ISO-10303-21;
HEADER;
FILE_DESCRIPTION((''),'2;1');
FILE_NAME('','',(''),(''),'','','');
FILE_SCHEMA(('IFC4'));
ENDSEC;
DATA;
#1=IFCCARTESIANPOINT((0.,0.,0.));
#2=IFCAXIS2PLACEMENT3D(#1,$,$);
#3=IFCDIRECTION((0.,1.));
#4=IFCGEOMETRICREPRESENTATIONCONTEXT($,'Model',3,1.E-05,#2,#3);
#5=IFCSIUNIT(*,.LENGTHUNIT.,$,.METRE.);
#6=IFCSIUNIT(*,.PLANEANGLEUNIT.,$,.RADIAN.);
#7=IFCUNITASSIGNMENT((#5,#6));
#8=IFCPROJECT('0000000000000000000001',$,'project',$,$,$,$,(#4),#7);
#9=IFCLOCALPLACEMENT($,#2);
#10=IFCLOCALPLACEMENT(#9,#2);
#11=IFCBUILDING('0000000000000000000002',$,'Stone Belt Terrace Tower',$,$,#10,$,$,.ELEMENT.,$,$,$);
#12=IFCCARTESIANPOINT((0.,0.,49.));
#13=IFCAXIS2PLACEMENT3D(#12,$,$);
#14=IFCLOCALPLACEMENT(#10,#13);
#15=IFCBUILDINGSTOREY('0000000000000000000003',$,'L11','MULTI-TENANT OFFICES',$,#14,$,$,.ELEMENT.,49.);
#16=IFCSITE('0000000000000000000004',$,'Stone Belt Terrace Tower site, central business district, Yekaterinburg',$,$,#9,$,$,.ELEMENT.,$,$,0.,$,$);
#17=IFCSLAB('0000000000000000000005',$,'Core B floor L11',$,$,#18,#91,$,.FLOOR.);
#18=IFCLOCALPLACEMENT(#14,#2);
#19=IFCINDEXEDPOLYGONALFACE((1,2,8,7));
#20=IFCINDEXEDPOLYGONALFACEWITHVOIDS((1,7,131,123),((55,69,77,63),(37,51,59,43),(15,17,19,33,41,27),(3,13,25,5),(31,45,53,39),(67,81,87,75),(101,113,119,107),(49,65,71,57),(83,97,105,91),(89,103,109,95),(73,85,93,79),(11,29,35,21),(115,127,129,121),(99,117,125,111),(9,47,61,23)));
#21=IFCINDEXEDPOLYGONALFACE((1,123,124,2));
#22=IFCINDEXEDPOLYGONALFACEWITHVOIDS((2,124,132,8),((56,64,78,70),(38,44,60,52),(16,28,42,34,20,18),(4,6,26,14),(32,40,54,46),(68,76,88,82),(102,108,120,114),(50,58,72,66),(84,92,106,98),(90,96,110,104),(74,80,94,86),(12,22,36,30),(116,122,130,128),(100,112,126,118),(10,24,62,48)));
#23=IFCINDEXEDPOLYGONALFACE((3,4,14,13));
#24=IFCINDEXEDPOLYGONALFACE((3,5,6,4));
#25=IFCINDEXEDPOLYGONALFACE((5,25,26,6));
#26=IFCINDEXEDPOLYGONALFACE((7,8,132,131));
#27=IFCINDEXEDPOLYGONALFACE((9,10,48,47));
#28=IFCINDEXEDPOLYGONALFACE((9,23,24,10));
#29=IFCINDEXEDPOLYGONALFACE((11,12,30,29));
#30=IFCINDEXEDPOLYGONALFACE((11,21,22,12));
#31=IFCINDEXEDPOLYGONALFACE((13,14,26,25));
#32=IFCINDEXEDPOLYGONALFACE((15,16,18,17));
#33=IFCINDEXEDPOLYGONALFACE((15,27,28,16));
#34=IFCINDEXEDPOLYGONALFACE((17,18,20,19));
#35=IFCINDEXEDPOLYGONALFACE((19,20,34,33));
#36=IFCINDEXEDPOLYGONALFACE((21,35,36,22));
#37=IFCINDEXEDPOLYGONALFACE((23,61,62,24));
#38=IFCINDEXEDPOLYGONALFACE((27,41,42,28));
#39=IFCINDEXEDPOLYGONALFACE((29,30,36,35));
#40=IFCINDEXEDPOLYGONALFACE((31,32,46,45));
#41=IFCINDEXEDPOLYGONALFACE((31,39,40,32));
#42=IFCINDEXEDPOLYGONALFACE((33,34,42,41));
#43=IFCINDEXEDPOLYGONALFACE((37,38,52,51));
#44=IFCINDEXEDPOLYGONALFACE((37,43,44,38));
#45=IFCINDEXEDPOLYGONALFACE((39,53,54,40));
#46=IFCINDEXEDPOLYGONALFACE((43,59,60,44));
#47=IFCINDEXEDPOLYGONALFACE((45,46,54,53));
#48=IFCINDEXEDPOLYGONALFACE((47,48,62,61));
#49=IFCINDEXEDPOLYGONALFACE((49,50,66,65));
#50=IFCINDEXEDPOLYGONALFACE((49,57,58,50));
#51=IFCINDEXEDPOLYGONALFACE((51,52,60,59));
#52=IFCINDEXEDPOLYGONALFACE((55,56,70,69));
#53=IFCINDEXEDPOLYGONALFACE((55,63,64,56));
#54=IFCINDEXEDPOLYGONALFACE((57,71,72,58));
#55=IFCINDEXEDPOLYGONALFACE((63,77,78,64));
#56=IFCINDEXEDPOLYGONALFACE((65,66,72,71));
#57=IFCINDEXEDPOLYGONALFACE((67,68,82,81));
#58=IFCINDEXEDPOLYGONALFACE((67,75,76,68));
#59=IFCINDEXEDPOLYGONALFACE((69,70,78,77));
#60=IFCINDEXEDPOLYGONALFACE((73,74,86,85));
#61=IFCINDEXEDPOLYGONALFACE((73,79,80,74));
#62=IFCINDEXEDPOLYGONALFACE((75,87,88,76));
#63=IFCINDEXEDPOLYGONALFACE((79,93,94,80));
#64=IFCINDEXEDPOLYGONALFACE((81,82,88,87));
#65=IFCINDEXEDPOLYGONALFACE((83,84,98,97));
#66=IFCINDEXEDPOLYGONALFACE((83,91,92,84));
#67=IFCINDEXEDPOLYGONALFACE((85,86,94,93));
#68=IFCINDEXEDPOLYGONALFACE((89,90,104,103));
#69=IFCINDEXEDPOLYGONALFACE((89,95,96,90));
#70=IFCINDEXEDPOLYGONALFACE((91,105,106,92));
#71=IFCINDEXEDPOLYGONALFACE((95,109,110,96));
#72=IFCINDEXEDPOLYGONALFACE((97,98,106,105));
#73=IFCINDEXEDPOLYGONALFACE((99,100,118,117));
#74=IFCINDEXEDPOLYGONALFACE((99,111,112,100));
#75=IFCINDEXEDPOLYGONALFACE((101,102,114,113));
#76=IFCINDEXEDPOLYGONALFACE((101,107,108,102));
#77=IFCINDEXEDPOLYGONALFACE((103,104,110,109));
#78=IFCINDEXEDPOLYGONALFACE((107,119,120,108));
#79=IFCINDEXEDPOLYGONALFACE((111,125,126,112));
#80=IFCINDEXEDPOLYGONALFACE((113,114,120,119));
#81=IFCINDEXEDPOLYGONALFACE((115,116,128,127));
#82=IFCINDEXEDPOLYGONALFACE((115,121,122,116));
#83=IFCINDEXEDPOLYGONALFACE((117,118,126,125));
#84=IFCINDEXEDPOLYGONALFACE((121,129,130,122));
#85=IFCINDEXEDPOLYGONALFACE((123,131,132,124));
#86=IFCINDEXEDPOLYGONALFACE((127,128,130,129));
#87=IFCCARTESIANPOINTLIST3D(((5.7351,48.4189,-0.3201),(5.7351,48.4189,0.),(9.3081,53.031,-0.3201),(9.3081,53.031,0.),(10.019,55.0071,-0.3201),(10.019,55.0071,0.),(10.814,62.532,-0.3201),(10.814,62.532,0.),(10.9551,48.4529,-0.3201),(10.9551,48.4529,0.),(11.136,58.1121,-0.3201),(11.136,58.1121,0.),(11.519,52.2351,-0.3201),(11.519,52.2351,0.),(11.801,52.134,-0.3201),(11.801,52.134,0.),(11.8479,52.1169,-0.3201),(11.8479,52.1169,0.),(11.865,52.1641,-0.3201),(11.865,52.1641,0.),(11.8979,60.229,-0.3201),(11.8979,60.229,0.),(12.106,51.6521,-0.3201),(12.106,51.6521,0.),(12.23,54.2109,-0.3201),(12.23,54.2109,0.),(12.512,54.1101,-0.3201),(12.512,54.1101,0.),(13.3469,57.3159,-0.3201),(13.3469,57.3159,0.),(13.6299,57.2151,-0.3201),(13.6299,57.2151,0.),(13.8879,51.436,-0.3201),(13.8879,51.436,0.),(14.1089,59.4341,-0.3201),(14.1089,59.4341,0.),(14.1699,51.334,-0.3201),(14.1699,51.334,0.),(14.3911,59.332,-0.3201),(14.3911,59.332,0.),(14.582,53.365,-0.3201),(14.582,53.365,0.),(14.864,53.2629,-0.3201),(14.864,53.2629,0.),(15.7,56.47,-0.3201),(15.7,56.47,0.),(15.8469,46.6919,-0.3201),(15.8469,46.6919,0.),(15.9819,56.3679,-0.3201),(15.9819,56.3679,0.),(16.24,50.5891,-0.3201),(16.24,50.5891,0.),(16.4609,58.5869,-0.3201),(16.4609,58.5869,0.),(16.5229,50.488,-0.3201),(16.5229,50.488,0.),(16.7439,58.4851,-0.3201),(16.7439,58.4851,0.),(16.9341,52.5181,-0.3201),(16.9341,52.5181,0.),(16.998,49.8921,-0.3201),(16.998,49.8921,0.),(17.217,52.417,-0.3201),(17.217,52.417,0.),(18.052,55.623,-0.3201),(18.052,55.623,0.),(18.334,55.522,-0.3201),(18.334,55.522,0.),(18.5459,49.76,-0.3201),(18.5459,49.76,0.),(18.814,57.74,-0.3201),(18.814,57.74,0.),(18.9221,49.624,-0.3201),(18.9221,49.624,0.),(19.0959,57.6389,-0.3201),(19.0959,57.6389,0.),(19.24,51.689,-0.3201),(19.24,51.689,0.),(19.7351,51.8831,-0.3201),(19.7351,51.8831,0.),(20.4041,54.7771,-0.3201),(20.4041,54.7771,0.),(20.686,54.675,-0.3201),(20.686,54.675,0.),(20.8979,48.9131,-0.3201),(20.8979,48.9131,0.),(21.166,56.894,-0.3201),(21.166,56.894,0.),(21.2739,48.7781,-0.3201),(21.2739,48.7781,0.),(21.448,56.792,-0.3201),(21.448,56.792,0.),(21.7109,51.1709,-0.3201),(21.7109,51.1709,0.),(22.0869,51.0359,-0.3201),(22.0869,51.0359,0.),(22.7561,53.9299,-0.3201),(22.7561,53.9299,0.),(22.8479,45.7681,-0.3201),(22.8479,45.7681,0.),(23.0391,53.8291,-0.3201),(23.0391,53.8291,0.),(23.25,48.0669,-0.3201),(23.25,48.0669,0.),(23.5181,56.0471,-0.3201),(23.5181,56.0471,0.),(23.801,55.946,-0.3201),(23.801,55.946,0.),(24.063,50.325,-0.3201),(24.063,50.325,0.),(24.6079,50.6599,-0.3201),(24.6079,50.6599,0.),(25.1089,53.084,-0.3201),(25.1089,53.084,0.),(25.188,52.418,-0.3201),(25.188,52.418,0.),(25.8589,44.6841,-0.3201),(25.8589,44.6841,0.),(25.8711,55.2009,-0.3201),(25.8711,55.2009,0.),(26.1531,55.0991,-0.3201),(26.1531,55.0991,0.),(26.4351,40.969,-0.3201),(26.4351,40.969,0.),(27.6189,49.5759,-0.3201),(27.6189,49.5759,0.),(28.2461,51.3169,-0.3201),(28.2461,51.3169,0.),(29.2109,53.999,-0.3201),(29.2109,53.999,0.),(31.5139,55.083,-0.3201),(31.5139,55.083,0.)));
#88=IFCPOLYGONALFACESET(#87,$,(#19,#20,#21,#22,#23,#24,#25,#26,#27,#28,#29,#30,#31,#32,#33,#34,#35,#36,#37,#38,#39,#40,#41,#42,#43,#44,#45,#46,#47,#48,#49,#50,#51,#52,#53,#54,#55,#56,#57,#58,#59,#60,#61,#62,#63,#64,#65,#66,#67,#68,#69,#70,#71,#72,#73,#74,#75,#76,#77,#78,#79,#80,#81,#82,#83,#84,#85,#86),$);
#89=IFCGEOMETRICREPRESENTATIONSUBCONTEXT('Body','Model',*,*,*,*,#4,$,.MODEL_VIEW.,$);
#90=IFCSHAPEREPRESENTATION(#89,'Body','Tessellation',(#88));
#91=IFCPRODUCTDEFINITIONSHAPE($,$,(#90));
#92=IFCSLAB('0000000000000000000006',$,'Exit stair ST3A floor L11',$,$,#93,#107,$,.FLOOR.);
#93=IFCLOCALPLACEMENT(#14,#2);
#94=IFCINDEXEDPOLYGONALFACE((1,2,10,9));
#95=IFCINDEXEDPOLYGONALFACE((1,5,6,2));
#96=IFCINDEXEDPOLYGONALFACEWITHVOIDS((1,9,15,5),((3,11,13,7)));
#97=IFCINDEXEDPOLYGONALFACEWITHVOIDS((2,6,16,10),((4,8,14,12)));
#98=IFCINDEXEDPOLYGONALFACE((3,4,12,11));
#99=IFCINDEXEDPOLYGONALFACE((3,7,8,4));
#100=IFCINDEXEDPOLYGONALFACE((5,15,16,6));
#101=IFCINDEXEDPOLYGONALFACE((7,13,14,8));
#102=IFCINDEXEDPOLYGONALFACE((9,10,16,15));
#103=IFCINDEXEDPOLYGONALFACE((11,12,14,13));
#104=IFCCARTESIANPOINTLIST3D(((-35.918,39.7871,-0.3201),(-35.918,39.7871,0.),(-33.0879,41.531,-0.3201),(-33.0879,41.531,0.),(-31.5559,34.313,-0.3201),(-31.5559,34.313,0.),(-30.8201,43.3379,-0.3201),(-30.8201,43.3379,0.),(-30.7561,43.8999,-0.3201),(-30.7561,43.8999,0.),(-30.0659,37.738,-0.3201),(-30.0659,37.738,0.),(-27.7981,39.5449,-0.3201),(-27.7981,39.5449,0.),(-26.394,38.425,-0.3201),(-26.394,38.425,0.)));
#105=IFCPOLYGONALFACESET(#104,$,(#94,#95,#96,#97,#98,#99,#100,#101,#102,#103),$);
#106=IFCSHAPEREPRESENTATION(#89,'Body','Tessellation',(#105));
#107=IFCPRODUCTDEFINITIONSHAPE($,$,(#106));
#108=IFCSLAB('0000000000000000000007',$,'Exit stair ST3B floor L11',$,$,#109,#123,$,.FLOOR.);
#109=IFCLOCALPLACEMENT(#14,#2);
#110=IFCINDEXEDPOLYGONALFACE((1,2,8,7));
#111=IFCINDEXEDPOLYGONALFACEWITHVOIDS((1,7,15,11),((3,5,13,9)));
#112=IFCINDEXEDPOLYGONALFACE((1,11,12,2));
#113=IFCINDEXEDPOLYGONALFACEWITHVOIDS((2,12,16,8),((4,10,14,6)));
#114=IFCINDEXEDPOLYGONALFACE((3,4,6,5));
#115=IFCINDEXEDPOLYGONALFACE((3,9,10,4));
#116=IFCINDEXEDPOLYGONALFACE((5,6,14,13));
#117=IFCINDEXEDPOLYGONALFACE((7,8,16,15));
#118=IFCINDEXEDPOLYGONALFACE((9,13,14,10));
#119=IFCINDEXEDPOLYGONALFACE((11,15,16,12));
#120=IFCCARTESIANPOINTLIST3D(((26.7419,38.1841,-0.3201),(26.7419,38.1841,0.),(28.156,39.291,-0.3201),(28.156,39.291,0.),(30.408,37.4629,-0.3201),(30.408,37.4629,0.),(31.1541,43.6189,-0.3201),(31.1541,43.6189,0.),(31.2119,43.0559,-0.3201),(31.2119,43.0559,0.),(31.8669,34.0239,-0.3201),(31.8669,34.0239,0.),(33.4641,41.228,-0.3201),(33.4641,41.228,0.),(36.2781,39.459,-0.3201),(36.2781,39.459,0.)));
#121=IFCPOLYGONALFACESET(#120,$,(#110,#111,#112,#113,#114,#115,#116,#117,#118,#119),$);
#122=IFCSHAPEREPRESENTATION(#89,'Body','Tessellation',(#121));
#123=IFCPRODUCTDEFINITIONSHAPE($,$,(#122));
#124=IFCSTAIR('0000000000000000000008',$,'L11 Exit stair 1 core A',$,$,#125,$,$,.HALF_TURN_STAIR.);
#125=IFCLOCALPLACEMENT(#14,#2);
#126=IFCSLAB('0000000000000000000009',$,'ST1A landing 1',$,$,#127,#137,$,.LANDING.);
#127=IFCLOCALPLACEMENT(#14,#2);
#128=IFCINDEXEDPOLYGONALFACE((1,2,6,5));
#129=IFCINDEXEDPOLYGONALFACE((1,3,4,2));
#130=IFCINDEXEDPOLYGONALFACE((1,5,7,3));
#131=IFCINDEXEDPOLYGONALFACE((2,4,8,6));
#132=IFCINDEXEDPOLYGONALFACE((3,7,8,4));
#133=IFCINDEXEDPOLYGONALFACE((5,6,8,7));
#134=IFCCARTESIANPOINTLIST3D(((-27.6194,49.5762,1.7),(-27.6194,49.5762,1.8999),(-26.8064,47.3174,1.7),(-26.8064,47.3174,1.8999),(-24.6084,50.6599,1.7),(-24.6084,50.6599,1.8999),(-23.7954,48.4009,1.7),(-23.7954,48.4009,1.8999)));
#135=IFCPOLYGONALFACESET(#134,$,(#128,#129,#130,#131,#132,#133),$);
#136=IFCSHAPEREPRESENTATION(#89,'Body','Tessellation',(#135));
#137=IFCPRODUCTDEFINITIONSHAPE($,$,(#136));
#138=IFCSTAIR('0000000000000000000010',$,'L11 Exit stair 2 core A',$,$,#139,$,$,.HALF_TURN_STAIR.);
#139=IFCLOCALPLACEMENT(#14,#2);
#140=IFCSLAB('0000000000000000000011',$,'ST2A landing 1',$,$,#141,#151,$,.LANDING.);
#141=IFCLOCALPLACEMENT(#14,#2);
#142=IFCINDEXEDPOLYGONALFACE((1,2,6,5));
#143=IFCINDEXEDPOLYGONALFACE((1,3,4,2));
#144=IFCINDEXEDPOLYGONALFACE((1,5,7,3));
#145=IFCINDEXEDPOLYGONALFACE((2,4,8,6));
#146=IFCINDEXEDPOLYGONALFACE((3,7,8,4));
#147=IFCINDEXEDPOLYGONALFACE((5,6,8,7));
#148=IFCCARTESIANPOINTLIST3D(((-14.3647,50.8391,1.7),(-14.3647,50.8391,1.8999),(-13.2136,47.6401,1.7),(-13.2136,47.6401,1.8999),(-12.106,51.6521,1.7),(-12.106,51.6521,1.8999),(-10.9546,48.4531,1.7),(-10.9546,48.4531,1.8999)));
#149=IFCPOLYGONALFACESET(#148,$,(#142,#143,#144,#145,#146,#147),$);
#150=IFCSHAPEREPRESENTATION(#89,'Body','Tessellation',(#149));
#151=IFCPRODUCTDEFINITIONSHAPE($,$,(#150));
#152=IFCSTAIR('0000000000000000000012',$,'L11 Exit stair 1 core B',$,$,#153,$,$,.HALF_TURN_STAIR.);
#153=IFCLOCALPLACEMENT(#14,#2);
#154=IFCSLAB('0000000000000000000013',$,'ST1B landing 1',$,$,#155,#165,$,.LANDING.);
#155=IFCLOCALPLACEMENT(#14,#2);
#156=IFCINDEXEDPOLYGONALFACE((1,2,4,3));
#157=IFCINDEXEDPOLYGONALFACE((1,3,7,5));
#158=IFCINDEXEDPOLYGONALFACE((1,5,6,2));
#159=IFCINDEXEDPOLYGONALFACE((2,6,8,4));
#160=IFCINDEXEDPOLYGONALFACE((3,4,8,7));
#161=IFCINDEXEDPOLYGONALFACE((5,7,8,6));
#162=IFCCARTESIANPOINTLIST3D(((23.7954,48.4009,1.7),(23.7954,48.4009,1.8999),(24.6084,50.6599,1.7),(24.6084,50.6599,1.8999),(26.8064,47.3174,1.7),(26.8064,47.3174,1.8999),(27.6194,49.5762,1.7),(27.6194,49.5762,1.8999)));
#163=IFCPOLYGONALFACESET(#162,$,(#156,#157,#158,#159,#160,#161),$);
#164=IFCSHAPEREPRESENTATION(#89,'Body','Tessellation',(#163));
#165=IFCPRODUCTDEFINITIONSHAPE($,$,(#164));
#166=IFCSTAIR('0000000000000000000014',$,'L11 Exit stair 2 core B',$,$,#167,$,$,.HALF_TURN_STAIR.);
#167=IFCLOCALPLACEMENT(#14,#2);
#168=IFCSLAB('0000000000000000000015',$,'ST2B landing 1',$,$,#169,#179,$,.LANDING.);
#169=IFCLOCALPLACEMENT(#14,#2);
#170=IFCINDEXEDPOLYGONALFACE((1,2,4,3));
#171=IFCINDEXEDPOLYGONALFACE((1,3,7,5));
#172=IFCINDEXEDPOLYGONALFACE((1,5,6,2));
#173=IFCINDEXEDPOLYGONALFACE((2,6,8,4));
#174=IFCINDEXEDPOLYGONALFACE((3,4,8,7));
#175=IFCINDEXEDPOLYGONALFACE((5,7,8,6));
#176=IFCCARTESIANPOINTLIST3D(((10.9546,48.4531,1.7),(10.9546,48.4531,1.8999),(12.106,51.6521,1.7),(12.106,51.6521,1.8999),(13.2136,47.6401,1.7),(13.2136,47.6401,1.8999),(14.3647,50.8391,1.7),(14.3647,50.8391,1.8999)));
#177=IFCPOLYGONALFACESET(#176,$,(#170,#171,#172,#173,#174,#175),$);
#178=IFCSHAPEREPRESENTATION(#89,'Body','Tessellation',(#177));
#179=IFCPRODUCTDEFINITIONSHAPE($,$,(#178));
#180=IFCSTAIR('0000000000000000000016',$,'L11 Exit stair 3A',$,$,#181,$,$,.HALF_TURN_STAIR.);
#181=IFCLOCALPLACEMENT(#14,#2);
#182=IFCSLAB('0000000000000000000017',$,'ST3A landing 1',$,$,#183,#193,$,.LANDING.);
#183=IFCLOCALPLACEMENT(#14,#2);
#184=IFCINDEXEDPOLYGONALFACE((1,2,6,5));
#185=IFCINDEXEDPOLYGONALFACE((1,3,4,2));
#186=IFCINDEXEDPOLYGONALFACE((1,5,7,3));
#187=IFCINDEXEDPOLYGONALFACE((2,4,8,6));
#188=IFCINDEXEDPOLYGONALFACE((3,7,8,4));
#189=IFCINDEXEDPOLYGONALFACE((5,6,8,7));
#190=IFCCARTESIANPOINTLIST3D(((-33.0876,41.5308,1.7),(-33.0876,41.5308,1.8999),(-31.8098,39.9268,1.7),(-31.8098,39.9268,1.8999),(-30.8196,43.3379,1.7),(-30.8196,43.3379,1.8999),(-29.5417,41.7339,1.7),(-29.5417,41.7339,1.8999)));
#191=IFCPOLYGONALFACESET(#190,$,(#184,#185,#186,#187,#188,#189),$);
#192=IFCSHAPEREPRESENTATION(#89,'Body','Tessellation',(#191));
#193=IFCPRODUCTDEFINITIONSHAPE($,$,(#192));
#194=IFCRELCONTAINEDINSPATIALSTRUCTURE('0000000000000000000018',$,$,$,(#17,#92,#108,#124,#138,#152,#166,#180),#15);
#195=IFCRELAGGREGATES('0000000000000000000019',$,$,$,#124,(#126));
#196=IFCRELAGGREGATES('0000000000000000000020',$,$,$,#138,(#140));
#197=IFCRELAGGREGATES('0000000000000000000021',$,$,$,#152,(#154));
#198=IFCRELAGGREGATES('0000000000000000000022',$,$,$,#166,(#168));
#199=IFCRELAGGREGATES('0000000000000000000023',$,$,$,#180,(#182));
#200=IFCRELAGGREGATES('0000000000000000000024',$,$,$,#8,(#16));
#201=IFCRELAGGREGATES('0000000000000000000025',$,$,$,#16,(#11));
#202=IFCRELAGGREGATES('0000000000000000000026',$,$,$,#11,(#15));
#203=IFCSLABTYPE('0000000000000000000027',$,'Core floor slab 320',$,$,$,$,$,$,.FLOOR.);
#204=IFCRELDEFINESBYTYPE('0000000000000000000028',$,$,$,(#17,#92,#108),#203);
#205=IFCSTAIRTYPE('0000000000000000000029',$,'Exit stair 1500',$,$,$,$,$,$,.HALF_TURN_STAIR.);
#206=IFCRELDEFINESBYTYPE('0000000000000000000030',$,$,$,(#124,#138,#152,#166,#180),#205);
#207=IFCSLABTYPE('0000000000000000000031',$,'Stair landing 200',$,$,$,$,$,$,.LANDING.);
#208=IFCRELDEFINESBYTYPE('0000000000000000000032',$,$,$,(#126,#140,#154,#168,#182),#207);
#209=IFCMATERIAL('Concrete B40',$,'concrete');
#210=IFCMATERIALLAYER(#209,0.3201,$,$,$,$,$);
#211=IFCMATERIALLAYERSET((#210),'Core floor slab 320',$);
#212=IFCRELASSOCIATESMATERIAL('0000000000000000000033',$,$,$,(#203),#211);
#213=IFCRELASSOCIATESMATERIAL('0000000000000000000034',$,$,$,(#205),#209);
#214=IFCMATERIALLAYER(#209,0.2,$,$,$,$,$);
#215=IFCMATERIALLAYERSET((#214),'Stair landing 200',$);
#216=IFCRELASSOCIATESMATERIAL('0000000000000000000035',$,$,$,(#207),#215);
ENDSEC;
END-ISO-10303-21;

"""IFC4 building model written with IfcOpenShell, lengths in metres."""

from ifc_helpers import new_model, si_unit, direction, frame, origin, place, context, subcontext, project, spatial, polyline, outline, extrude, material, layer, layer_set, type_object, element, aggregate, save


model = new_model("IFC4")

# Units and contexts
model_context = context("Model", 3, precision=1e-05, world=origin(), true_north=direction((0.0, 1.0)))
body_context = subcontext(model_context, "Body", "Model", "MODEL_VIEW")
ifc_project = project(units=[si_unit("LENGTHUNIT", "METRE"), si_unit("PLANEANGLEUNIT", "RADIAN")], contexts=[model_context])

# Site, building, storey
site_placement = place(None, origin())
site = spatial("IfcSite", under=ifc_project, at=site_placement, Name="Stone Belt Terrace Tower site, central business district, Yekaterinburg", CompositionType="ELEMENT", RefElevation=0.0)
building_placement = place(site_placement, origin())
building = spatial("IfcBuilding", under=site, at=building_placement, Name="Stone Belt Terrace Tower", CompositionType="ELEMENT")
storey_placement = place(building_placement, frame((0.0, 0.0, 49.0)))
storey = spatial("IfcBuildingStorey", under=building, at=storey_placement, Name="L11", Description="MULTI-TENANT OFFICES", CompositionType="ELEMENT", Elevation=49.0)

# Slabs
ifc_material_1 = material(Name="Concrete B40", Category="concrete")
ifc_layer_1 = layer(ifc_material_1, 0.3201)
ifc_layer_set_1 = layer_set([ifc_layer_1], Name="Core floor slab 320")
slab_type_1 = type_object("IfcSlabType", Name="Core floor slab 320", PredefinedType="FLOOR", material=ifc_layer_set_1)
slab_1_placement = place(storey_placement, frame((0.0, 0.0, -0.3201)))
element("IfcSlab", 1, at=slab_1_placement, inside=storey, type_object=slab_type_1, Name="Core B floor L11", PredefinedType="FLOOR", context=body_context, shape_type="SweptSolid", body=[
    extrude(outline(polyline([(26.4351, 40.969), (31.5139, 55.083), (10.814, 62.532), (5.7351, 48.4189), (26.4351, 40.969)]), holes=[polyline([(12.106, 51.6521), (16.998, 49.8921), (15.8469, 46.6919), (10.9551, 48.4529), (12.106, 51.6521)]), polyline([(19.24, 51.689), (18.5459, 49.76), (16.5229, 50.488), (17.217, 52.417), (19.24, 51.689)]), polyline([(16.24, 50.5891), (14.1699, 51.334), (14.864, 53.2629), (16.9341, 52.5181), (16.24, 50.5891)]), polyline([(14.582, 53.365), (13.8879, 51.436), (11.865, 52.1641), (11.8479, 52.1169), (11.801, 52.134), (12.512, 54.1101), (14.582, 53.365)]), polyline([(9.3081, 53.031), (10.019, 55.0071), (12.23, 54.2109), (11.519, 52.2351), (9.3081, 53.031)]), polyline([(16.7439, 58.4851), (18.814, 57.74), (18.052, 55.623), (15.9819, 56.3679), (16.7439, 58.4851)]), polyline([(14.3911, 59.332), (16.4609, 58.5869), (15.7, 56.47), (13.6299, 57.2151), (14.3911, 59.332)]), polyline([(11.8979, 60.229), (14.1089, 59.4341), (13.3469, 57.3159), (11.136, 58.1121), (11.8979, 60.229)]), polyline([(25.8589, 44.6841), (22.8479, 45.7681), (24.6079, 50.6599), (27.6189, 49.5759), (25.8589, 44.6841)]), polyline([(21.2739, 48.7781), (22.0869, 51.0359), (24.063, 50.325), (23.25, 48.0669), (21.2739, 48.7781)]), polyline([(18.9221, 49.624), (19.7351, 51.8831), (21.7109, 51.1709), (20.8979, 48.9131), (18.9221, 49.624)]), polyline([(29.2109, 53.999), (28.2461, 51.3169), (25.188, 52.418), (26.1531, 55.0991), (29.2109, 53.999)]), polyline([(23.801, 55.946), (25.8711, 55.2009), (25.1089, 53.084), (23.0391, 53.8291), (23.801, 55.946)]), polyline([(21.448, 56.792), (23.5181, 56.0471), (22.7561, 53.9299), (20.686, 54.675), (21.448, 56.792)]), polyline([(19.0959, 57.6389), (21.166, 56.894), (20.4041, 54.7771), (18.334, 55.522), (19.0959, 57.6389)])]), origin(), (0.0, 0.0, 1.0), 0.3201),
])
slab_2_placement = place(storey_placement, frame((0.0, 0.0, -0.3201)))
element("IfcSlab", 2, at=slab_2_placement, inside=storey, type_object=slab_type_1, Name="Exit stair ST3A floor L11", PredefinedType="FLOOR", context=body_context, shape_type="SweptSolid", body=[
    extrude(outline(polyline([(-26.394, 38.425), (-30.7561, 43.8999), (-35.918, 39.7871), (-31.5559, 34.313), (-26.394, 38.425)]), holes=[polyline([(-27.7981, 39.5449), (-30.0659, 37.738), (-33.0879, 41.531), (-30.8201, 43.3379), (-27.7981, 39.5449)])]), origin(), (0.0, 0.0, 1.0), 0.3201),
])
slab_3_placement = place(storey_placement, frame((0.0, 0.0, -0.3201)))
element("IfcSlab", 3, at=slab_3_placement, inside=storey, type_object=slab_type_1, Name="Exit stair ST3B floor L11", PredefinedType="FLOOR", context=body_context, shape_type="SweptSolid", body=[
    extrude(outline(polyline([(26.7419, 38.1841), (31.8669, 34.0239), (36.2781, 39.459), (31.1541, 43.6189), (26.7419, 38.1841)]), holes=[polyline([(30.408, 37.4629), (28.156, 39.291), (31.2119, 43.0559), (33.4641, 41.228), (30.408, 37.4629)])]), origin(), (0.0, 0.0, 1.0), 0.3201),
])

# Stairs, slabs
stair_type = type_object("IfcStairType", Name="Exit stair 1500", PredefinedType="HALF_TURN_STAIR", material=ifc_material_1)
stair_1_placement = place(storey_placement, origin())
stair_1 = element("IfcStair", 4, at=stair_1_placement, inside=storey, type_object=stair_type, Name="L11 Exit stair 1 core A", PredefinedType="HALF_TURN_STAIR")
ifc_layer_2 = layer(ifc_material_1, 0.2)
ifc_layer_set_2 = layer_set([ifc_layer_2], Name="Stair landing 200")
slab_type_2 = type_object("IfcSlabType", Name="Stair landing 200", PredefinedType="LANDING", material=ifc_layer_set_2)
slab_4_placement = place(storey_placement, frame((0.0, 0.0, 1.7)))
slab_4 = element("IfcSlab", 5, at=slab_4_placement, type_object=slab_type_2, Name="ST1A landing 1", PredefinedType="LANDING", context=body_context, shape_type="SweptSolid", body=[
    extrude(outline(polyline([(-23.7954, 48.4009), (-24.6084, 50.6599), (-27.6194, 49.5762), (-26.8064, 47.3174), (-23.7954, 48.4009)])), origin(), (0.0, 0.0, 1.0), 0.2),
])
aggregate(stair_1, [slab_4])
stair_2_placement = place(storey_placement, origin())
stair_2 = element("IfcStair", 6, at=stair_2_placement, inside=storey, type_object=stair_type, Name="L11 Exit stair 2 core A", PredefinedType="HALF_TURN_STAIR")
slab_5_placement = place(storey_placement, frame((0.0, 0.0, 1.7)))
slab_5 = element("IfcSlab", 7, at=slab_5_placement, type_object=slab_type_2, Name="ST2A landing 1", PredefinedType="LANDING", context=body_context, shape_type="SweptSolid", body=[
    extrude(outline(polyline([(-13.2136, 47.6401), (-10.9546, 48.4531), (-12.106, 51.6521), (-14.3647, 50.8391), (-13.2136, 47.6401)])), origin(), (0.0, 0.0, 1.0), 0.2),
])
aggregate(stair_2, [slab_5])
stair_3_placement = place(storey_placement, origin())
stair_3 = element("IfcStair", 8, at=stair_3_placement, inside=storey, type_object=stair_type, Name="L11 Exit stair 1 core B", PredefinedType="HALF_TURN_STAIR")
slab_6_placement = place(storey_placement, frame((0.0, 0.0, 1.7)))
slab_6 = element("IfcSlab", 9, at=slab_6_placement, type_object=slab_type_2, Name="ST1B landing 1", PredefinedType="LANDING", context=body_context, shape_type="SweptSolid", body=[
    extrude(outline(polyline([(26.8064, 47.3174), (27.6194, 49.5762), (24.6084, 50.6599), (23.7954, 48.4009), (26.8064, 47.3174)])), origin(), (0.0, 0.0, 1.0), 0.2),
])
aggregate(stair_3, [slab_6])
stair_4_placement = place(storey_placement, origin())
stair_4 = element("IfcStair", 10, at=stair_4_placement, inside=storey, type_object=stair_type, Name="L11 Exit stair 2 core B", PredefinedType="HALF_TURN_STAIR")
slab_7_placement = place(storey_placement, frame((0.0, 0.0, 1.7)))
slab_7 = element("IfcSlab", 11, at=slab_7_placement, type_object=slab_type_2, Name="ST2B landing 1", PredefinedType="LANDING", context=body_context, shape_type="SweptSolid", body=[
    extrude(outline(polyline([(14.3647, 50.8391), (12.106, 51.6521), (10.9546, 48.4531), (13.2136, 47.6401), (14.3647, 50.8391)])), origin(), (0.0, 0.0, 1.0), 0.2),
])
aggregate(stair_4, [slab_7])
stair_5_placement = place(storey_placement, origin())
stair_5 = element("IfcStair", 12, at=stair_5_placement, inside=storey, type_object=stair_type, Name="L11 Exit stair 3A", PredefinedType="HALF_TURN_STAIR")
slab_8_placement = place(storey_placement, frame((0.0, 0.0, 1.7)))
slab_8 = element("IfcSlab", 13, at=slab_8_placement, type_object=slab_type_2, Name="ST3A landing 1", PredefinedType="LANDING", context=body_context, shape_type="SweptSolid", body=[
    extrude(outline(polyline([(-29.5417, 41.7339), (-30.8196, 43.3379), (-33.0876, 41.5308), (-31.8098, 39.9268), (-29.5417, 41.7339)])), origin(), (0.0, 0.0, 1.0), 0.2),
])
aggregate(stair_5, [slab_8])

save(model, "model.ifc")
